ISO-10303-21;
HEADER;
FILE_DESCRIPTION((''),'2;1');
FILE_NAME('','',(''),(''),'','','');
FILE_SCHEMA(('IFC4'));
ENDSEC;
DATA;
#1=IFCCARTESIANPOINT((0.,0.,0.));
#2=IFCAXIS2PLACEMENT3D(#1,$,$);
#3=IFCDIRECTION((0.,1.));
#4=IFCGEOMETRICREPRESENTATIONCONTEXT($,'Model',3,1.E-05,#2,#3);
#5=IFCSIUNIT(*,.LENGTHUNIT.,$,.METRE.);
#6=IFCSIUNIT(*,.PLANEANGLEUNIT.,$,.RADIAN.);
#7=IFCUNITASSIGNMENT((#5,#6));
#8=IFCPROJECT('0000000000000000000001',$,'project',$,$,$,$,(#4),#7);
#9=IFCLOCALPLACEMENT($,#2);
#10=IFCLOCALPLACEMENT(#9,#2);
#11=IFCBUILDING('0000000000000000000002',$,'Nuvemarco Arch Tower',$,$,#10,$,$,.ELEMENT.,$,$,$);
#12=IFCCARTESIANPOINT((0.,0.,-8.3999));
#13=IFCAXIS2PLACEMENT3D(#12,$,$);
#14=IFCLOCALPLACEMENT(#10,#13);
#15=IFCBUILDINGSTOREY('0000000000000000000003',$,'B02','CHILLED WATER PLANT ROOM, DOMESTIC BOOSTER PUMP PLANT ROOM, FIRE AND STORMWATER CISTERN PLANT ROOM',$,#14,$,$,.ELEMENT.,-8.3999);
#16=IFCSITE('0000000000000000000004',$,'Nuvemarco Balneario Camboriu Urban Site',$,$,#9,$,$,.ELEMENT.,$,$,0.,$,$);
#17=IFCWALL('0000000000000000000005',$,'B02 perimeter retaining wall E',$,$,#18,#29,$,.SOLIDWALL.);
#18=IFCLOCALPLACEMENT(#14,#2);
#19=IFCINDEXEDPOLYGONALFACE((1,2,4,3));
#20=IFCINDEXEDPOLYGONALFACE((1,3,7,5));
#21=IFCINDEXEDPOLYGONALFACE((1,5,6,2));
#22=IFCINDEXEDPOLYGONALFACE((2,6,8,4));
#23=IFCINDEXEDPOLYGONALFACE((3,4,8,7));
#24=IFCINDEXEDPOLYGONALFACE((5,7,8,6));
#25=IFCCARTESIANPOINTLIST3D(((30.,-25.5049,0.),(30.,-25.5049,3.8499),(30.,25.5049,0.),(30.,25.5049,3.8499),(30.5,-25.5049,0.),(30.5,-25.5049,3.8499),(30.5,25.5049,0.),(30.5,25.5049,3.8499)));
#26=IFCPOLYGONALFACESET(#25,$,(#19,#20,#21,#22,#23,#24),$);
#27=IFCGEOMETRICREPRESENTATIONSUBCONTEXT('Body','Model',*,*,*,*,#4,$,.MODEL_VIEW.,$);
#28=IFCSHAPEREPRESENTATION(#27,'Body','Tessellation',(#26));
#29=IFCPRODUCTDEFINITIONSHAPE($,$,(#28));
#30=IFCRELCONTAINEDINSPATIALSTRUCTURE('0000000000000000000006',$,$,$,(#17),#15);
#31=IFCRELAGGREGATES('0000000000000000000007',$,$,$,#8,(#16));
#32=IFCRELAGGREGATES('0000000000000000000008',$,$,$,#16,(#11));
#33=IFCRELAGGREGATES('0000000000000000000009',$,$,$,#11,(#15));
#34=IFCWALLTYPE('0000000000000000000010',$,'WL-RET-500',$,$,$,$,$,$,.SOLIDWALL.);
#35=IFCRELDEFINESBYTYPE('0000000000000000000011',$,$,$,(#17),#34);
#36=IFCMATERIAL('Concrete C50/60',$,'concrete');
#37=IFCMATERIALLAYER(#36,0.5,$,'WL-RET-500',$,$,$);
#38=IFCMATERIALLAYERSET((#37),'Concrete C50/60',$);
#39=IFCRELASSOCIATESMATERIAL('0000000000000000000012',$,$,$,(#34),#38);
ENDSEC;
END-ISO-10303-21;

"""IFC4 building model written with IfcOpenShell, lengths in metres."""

from ifc_helpers import new_model, si_unit, direction, frame, frame_2d, origin, place, context, subcontext, project, spatial, rectangle, extrude, material, layer, layer_set, type_object, element, save


model = new_model("IFC4")

# Units and contexts
model_context = context("Model", 3, precision=1e-05, world=origin(), true_north=direction((0.0, 1.0)))
body_context = subcontext(model_context, "Body", "Model", "MODEL_VIEW")
ifc_project = project(units=[si_unit("LENGTHUNIT", "METRE"), si_unit("PLANEANGLEUNIT", "RADIAN")], contexts=[model_context])

# Site, building, storey
site_placement = place(None, origin())
site = spatial("IfcSite", under=ifc_project, at=site_placement, Name="Nuvemarco Balneario Camboriu Urban Site", CompositionType="ELEMENT", RefElevation=0.0)
building_placement = place(site_placement, origin())
building = spatial("IfcBuilding", under=site, at=building_placement, Name="Nuvemarco Arch Tower", CompositionType="ELEMENT")
storey_placement = place(building_placement, frame((0.0, 0.0, -8.3999)))
storey = spatial("IfcBuildingStorey", under=building, at=storey_placement, Name="B02", Description="CHILLED WATER PLANT ROOM, DOMESTIC BOOSTER PUMP PLANT ROOM, FIRE AND STORMWATER CISTERN PLANT ROOM", CompositionType="ELEMENT", Elevation=-8.3999)

# Shared definitions
ifc_material_1 = material(Name="Concrete C50/60", Category="concrete")

# Wall
ifc_layer_1 = layer(ifc_material_1, 0.5, Name="WL-RET-500")
ifc_layer_set_1 = layer_set([ifc_layer_1], Name="Concrete C50/60")
wall_type_1 = type_object("IfcWallType", Name="WL-RET-500", PredefinedType="SOLIDWALL", material=ifc_layer_set_1)
wall_1_placement = place(storey_placement, frame((30.25, -25.5049, 0.0), z_axis=(0.0, 0.0, 1.0), x_axis=(0.0, 1.0, 0.0)))
element("IfcWall", 1, at=wall_1_placement, inside=storey, type_object=wall_type_1, Name="B02 perimeter retaining wall E", PredefinedType="SOLIDWALL", context=body_context, shape_type="SweptSolid", body=[
    extrude(rectangle(XDim=51.0098, YDim=0.5, at=frame_2d((25.5049, 0.0))), origin(), (0.0, 0.0, 1.0), 3.8499),
])

save(model, "model.ifc")
